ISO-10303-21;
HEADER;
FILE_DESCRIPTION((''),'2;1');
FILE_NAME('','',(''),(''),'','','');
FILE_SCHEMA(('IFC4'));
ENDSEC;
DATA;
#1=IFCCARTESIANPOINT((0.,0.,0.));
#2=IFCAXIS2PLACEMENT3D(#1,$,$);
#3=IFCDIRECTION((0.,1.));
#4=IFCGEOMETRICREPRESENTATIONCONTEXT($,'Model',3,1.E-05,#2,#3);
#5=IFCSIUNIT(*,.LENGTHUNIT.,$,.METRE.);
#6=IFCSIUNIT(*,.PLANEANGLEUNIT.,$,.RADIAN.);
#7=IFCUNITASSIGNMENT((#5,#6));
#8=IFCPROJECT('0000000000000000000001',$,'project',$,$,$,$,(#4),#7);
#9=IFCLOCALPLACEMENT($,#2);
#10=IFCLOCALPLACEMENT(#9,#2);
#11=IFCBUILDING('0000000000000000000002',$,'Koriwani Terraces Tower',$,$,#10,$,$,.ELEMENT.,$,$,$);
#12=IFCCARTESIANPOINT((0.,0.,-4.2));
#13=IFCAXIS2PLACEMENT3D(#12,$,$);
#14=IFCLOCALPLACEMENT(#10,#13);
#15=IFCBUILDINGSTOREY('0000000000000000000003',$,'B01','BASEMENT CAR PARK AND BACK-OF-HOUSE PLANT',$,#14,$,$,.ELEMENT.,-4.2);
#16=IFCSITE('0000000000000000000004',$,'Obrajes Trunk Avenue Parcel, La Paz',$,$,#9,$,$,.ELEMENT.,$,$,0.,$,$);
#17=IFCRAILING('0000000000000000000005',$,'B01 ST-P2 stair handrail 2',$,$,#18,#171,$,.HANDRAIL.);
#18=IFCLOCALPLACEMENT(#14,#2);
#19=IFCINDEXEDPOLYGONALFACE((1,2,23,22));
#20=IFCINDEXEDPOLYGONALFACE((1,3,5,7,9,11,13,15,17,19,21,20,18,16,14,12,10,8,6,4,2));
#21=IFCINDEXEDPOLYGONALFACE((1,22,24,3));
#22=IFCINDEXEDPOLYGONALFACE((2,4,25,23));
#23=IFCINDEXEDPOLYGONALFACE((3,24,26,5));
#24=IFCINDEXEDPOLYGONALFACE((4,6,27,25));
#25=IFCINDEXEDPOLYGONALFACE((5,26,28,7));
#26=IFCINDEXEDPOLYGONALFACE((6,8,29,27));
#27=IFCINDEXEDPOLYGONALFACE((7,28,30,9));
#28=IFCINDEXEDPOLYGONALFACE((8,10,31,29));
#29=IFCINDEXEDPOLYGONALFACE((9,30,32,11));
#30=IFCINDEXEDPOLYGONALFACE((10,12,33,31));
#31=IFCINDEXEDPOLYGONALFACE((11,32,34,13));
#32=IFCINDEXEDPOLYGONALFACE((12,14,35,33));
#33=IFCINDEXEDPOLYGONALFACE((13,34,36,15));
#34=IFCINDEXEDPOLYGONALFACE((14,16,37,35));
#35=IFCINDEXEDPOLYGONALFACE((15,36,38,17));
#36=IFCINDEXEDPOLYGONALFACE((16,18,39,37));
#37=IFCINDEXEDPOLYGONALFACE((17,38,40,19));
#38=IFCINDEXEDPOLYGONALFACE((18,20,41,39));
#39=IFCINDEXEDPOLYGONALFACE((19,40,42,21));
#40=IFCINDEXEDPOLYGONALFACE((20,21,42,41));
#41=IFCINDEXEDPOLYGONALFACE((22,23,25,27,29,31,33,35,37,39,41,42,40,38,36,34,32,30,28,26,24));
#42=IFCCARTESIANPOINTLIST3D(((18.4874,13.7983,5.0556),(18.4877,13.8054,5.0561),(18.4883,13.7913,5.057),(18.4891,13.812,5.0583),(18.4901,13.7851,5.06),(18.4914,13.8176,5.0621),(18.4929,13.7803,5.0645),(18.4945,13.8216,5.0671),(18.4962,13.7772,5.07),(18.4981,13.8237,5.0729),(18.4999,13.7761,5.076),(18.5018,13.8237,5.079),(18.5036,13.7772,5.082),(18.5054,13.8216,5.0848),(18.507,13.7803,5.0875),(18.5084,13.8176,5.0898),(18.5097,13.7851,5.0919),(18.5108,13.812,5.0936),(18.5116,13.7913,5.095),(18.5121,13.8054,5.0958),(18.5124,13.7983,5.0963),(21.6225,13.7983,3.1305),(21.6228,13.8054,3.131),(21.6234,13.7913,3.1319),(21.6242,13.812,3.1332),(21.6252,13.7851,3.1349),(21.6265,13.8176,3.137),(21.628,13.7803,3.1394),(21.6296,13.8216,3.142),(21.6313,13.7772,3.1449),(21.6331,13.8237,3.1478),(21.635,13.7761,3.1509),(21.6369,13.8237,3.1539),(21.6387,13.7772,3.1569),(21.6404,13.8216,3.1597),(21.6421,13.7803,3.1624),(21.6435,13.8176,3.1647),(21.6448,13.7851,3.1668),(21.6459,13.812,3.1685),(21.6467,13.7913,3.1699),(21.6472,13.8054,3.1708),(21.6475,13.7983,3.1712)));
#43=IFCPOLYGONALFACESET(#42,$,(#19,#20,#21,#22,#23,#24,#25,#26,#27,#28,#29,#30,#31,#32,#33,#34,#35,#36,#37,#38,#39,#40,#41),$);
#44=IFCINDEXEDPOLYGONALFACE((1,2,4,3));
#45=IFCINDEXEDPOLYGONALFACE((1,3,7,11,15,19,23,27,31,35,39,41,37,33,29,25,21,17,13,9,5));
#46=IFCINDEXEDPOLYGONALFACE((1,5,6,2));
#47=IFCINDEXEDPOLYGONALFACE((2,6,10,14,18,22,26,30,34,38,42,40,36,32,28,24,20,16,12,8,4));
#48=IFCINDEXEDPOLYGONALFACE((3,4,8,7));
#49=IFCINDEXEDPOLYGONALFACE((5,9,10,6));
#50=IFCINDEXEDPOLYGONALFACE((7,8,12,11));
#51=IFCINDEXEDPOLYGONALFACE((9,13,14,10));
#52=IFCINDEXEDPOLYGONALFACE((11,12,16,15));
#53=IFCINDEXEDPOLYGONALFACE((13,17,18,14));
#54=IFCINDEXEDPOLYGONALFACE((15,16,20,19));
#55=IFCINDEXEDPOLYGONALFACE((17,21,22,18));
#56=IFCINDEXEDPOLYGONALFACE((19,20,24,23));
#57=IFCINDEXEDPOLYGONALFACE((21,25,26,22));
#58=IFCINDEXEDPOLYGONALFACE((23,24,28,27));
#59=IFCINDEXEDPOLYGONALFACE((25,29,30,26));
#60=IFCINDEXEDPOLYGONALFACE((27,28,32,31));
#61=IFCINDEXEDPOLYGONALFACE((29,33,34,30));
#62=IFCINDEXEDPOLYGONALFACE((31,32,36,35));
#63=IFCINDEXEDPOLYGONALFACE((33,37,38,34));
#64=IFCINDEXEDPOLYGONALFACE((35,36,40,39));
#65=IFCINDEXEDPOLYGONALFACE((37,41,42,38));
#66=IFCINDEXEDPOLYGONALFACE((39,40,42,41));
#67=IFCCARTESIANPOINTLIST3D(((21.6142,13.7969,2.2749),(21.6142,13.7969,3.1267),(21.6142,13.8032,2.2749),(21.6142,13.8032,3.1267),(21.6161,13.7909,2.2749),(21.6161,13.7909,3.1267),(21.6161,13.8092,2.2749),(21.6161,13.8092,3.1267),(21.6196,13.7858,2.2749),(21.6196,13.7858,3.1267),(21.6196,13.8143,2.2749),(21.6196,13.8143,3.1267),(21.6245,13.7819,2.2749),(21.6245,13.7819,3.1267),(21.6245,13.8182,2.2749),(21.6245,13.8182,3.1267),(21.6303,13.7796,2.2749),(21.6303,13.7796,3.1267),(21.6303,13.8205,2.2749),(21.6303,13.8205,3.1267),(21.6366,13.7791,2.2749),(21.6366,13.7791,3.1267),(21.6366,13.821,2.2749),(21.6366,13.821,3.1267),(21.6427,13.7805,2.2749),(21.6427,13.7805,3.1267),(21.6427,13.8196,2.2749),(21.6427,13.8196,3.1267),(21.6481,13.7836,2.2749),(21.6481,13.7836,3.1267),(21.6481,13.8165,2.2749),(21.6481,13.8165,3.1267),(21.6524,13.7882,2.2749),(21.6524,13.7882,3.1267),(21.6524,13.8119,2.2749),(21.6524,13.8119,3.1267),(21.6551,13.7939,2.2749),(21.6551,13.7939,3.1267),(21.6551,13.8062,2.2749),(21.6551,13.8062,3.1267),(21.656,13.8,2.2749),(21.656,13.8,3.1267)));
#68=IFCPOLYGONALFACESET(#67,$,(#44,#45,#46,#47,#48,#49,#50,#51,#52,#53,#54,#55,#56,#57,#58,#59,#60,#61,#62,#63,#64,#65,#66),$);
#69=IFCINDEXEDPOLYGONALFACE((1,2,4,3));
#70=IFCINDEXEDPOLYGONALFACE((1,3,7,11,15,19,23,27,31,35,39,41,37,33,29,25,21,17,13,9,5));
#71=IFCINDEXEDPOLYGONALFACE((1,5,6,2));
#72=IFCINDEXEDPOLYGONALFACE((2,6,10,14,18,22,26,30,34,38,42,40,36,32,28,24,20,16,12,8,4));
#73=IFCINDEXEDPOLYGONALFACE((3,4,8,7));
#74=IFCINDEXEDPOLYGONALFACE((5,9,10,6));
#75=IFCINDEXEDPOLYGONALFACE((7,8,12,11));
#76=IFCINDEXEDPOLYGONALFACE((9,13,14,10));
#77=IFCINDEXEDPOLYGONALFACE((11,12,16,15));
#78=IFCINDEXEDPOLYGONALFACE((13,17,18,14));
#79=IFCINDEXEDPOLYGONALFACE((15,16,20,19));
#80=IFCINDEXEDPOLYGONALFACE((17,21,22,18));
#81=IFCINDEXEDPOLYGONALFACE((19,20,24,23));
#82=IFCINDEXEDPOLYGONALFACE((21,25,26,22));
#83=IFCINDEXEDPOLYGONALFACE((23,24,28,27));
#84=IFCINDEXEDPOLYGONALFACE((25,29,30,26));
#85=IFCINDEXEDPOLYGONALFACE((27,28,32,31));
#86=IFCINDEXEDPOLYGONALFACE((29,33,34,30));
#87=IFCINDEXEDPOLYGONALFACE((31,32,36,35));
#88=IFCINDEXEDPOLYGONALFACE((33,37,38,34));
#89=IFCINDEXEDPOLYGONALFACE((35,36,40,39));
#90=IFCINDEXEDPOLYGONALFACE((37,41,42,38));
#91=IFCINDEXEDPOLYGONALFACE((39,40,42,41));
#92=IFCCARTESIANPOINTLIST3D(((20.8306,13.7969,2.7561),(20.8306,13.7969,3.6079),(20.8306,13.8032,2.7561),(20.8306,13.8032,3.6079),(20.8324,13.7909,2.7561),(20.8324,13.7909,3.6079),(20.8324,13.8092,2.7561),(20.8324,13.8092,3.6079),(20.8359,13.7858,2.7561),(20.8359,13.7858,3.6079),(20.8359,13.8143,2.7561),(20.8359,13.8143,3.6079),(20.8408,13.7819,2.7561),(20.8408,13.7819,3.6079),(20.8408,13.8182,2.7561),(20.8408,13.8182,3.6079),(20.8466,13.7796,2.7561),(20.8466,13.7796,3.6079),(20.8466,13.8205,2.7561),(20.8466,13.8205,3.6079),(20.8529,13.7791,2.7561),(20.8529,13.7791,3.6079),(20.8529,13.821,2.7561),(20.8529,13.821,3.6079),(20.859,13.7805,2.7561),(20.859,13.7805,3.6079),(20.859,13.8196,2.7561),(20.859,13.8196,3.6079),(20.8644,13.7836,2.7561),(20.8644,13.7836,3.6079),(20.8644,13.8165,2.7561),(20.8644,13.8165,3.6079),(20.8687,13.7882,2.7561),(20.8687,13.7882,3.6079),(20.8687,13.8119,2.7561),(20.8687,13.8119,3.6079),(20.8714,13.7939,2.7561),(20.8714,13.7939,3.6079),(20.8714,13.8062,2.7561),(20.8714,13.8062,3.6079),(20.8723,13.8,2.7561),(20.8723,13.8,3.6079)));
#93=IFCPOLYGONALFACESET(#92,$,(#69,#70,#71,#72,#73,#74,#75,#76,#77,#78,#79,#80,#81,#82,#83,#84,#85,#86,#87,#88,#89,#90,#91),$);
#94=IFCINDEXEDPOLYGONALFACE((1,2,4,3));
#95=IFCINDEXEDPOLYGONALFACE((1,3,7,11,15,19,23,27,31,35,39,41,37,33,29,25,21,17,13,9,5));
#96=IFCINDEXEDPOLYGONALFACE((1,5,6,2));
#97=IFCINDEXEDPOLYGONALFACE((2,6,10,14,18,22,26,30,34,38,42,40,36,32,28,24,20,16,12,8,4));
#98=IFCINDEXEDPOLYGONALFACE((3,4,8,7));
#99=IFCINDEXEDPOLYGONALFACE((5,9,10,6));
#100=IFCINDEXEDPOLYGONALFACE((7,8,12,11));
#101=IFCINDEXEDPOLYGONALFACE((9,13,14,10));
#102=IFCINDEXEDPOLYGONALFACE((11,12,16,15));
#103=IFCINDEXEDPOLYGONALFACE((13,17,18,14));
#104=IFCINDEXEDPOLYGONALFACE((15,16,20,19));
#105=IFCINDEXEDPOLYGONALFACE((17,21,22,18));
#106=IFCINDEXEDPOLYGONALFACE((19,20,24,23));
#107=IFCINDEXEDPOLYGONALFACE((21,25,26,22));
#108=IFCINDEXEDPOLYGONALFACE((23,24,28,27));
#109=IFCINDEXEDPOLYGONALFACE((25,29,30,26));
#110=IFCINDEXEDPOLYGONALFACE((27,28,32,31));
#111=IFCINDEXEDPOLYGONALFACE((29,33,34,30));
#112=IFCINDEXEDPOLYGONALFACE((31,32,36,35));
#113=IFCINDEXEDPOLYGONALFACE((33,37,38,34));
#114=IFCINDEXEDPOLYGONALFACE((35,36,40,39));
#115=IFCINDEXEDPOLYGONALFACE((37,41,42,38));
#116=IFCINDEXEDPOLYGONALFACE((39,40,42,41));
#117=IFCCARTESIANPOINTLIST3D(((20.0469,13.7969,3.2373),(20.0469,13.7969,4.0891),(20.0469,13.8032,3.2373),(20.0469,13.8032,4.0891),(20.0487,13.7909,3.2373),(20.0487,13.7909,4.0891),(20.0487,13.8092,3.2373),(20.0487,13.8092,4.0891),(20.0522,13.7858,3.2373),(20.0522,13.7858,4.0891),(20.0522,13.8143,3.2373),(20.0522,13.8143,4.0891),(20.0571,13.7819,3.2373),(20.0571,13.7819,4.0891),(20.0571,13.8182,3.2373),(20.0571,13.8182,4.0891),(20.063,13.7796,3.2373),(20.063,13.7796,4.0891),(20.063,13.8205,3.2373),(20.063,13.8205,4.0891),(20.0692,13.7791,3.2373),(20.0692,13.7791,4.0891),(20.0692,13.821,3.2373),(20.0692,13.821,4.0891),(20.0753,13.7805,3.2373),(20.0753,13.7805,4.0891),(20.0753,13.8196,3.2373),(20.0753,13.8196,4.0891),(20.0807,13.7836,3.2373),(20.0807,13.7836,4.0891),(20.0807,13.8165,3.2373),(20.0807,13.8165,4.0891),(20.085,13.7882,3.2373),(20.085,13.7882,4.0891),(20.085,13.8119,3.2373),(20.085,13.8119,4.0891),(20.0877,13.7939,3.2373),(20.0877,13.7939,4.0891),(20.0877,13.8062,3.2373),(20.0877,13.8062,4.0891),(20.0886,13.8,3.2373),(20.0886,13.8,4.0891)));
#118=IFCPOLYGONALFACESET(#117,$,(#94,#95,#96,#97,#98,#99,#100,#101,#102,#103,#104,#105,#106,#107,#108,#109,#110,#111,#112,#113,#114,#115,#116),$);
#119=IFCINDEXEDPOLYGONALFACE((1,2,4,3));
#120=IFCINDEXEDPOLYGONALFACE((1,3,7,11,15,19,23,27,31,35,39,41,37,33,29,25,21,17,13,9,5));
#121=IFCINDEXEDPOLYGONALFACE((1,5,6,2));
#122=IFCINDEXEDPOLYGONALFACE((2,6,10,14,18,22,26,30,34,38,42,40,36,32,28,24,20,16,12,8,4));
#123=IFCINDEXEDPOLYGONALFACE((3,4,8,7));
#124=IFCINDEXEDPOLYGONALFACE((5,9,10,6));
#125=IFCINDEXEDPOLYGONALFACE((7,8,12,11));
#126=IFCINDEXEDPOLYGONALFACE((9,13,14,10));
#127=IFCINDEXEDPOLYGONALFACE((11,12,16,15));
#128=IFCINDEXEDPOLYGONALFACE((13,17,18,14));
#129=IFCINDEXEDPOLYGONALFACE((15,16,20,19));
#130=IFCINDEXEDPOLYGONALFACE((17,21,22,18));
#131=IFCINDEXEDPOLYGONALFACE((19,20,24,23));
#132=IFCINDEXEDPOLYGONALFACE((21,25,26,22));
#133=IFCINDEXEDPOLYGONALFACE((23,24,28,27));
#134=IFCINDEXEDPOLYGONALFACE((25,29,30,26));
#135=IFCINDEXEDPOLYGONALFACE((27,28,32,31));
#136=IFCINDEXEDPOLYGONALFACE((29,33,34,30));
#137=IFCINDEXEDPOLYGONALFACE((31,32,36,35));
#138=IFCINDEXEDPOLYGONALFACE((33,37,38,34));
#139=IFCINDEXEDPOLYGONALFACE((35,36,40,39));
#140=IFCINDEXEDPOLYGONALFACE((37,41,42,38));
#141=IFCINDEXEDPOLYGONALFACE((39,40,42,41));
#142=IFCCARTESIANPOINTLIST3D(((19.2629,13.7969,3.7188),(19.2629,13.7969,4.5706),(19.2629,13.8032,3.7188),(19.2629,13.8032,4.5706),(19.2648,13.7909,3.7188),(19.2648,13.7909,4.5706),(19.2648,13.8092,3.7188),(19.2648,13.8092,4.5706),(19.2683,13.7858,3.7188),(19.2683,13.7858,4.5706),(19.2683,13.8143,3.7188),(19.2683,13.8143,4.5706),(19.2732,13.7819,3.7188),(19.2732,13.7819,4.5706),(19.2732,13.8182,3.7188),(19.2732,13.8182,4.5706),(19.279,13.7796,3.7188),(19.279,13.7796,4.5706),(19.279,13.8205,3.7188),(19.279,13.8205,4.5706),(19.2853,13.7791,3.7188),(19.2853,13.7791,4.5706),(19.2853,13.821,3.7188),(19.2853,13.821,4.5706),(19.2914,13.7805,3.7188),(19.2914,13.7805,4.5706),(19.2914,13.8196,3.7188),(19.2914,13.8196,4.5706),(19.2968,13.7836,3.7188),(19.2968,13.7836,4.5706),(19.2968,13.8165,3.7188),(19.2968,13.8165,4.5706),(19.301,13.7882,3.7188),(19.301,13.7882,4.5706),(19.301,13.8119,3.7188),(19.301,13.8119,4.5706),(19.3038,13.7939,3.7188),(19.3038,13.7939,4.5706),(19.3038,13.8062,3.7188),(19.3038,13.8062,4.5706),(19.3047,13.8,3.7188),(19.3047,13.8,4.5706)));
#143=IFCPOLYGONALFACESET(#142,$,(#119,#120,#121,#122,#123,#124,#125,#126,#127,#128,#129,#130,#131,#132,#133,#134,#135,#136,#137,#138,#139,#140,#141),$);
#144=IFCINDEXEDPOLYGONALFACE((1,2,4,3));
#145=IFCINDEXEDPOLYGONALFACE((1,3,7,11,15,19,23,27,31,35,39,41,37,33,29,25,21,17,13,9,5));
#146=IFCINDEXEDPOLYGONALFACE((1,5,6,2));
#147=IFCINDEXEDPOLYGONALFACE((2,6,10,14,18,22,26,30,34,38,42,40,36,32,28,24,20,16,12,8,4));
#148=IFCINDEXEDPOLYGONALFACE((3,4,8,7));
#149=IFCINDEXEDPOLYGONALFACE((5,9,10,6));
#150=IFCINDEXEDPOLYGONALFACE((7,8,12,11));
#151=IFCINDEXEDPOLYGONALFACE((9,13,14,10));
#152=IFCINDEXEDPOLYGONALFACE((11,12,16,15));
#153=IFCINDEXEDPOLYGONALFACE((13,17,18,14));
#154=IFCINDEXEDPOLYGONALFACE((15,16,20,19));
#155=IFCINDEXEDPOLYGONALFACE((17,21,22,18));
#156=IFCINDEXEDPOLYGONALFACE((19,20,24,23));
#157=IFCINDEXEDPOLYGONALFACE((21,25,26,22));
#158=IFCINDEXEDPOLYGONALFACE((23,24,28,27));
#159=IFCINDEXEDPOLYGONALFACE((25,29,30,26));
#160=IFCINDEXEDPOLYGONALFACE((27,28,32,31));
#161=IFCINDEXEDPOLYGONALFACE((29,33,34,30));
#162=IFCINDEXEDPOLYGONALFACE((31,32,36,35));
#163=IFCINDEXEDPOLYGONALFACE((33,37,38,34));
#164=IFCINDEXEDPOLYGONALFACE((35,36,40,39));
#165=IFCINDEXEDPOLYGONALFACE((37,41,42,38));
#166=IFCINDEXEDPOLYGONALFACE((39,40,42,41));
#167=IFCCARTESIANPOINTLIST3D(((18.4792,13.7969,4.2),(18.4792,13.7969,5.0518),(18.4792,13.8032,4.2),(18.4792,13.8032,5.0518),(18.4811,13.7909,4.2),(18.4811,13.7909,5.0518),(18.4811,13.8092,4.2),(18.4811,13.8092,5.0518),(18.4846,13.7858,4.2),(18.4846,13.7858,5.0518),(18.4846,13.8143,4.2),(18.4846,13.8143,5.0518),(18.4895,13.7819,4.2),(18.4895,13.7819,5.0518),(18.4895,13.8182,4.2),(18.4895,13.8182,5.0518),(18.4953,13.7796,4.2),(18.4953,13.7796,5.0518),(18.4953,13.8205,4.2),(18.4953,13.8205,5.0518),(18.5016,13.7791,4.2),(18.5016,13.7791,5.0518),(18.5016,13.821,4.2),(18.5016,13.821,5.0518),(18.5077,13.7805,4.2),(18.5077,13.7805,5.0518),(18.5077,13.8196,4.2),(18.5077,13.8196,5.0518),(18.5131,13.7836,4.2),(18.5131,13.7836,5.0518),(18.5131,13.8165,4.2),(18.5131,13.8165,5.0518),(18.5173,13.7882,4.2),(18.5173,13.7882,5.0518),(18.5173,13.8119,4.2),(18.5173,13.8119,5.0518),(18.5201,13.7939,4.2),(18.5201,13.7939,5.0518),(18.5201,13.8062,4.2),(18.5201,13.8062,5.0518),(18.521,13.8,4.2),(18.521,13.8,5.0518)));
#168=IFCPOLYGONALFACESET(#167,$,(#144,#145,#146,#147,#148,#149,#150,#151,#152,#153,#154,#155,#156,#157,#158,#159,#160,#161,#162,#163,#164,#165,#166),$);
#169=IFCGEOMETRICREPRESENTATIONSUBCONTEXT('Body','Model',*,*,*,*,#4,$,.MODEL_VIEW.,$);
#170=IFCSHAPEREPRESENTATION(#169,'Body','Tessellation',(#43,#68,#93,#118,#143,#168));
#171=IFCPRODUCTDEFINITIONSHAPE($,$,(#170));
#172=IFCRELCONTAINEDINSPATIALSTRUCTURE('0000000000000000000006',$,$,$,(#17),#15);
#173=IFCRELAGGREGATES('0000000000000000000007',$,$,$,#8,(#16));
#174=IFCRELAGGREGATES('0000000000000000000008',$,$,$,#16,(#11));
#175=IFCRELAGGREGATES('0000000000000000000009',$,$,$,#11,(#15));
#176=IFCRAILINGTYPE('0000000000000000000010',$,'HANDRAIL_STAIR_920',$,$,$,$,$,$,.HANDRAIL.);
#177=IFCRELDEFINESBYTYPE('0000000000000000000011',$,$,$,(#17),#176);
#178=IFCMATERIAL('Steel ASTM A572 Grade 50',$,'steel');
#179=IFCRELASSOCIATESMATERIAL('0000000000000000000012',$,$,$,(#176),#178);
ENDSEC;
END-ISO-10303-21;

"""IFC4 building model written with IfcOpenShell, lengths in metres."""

from ifc_helpers import new_model, si_unit, direction, frame, origin, origin_2d, place, context, subcontext, project, spatial, circle, extrude, material, type_object, element, save


model = new_model("IFC4")

# Units and contexts
model_context = context("Model", 3, precision=1e-05, world=origin(), true_north=direction((0.0, 1.0)))
body_context = subcontext(model_context, "Body", "Model", "MODEL_VIEW")
ifc_project = project(units=[si_unit("LENGTHUNIT", "METRE"), si_unit("PLANEANGLEUNIT", "RADIAN")], contexts=[model_context])

# Site, building, storey
site_placement = place(None, origin())
site = spatial("IfcSite", under=ifc_project, at=site_placement, Name="Obrajes Trunk Avenue Parcel, La Paz", CompositionType="ELEMENT", RefElevation=0.0)
building_placement = place(site_placement, origin())
building = spatial("IfcBuilding", under=site, at=building_placement, Name="Koriwani Terraces Tower", CompositionType="ELEMENT")
storey_placement = place(building_placement, frame((0.0, 0.0, -4.2)))
storey = spatial("IfcBuildingStorey", under=building, at=storey_placement, Name="B01", Description="BASEMENT CAR PARK AND BACK-OF-HOUSE PLANT", CompositionType="ELEMENT", Elevation=-4.2)

# Shared definitions
ifc_material_1 = material(Name="Steel ASTM A572 Grade 50", Category="steel")

# Railing
railing_type_1 = type_object("IfcRailingType", Name="HANDRAIL_STAIR_920", PredefinedType="HANDRAIL", material=ifc_material_1)
railing_1_placement = place(storey_placement, frame((21.635, 13.8, 2.2749)))
element("IfcRailing", 1, at=railing_1_placement, inside=storey, type_object=railing_type_1, Name="B01 ST-P2 stair handrail 2", PredefinedType="HANDRAIL", context=body_context, shape_type="SweptSolid", body=[
    extrude(circle(Radius=0.0239, at=origin_2d()), frame((0.0, 0.0, 0.876), z_axis=(-0.852166, 0.0, 0.523271), x_axis=(0.0, -1.0, 0.0)), (0.0, 0.0, 1.0), 3.679),
    extrude(circle(Radius=0.021, at=origin_2d()), origin(), (0.0, 0.0, 1.0), 0.8518),
    extrude(circle(Radius=0.021, at=origin_2d()), frame((-0.7837, 0.0, 0.4812)), (0.0, 0.0, 1.0), 0.8518),
    extrude(circle(Radius=0.021, at=origin_2d()), frame((-1.5674, 0.0, 0.9624)), (0.0, 0.0, 1.0), 0.8518),
    extrude(circle(Radius=0.021, at=origin_2d()), frame((-2.3513, 0.0, 1.4438)), (0.0, 0.0, 1.0), 0.8518),
    extrude(circle(Radius=0.021, at=origin_2d()), frame((-3.135, 0.0, 1.925)), (0.0, 0.0, 1.0), 0.8518),
])

save(model, "model.ifc")
